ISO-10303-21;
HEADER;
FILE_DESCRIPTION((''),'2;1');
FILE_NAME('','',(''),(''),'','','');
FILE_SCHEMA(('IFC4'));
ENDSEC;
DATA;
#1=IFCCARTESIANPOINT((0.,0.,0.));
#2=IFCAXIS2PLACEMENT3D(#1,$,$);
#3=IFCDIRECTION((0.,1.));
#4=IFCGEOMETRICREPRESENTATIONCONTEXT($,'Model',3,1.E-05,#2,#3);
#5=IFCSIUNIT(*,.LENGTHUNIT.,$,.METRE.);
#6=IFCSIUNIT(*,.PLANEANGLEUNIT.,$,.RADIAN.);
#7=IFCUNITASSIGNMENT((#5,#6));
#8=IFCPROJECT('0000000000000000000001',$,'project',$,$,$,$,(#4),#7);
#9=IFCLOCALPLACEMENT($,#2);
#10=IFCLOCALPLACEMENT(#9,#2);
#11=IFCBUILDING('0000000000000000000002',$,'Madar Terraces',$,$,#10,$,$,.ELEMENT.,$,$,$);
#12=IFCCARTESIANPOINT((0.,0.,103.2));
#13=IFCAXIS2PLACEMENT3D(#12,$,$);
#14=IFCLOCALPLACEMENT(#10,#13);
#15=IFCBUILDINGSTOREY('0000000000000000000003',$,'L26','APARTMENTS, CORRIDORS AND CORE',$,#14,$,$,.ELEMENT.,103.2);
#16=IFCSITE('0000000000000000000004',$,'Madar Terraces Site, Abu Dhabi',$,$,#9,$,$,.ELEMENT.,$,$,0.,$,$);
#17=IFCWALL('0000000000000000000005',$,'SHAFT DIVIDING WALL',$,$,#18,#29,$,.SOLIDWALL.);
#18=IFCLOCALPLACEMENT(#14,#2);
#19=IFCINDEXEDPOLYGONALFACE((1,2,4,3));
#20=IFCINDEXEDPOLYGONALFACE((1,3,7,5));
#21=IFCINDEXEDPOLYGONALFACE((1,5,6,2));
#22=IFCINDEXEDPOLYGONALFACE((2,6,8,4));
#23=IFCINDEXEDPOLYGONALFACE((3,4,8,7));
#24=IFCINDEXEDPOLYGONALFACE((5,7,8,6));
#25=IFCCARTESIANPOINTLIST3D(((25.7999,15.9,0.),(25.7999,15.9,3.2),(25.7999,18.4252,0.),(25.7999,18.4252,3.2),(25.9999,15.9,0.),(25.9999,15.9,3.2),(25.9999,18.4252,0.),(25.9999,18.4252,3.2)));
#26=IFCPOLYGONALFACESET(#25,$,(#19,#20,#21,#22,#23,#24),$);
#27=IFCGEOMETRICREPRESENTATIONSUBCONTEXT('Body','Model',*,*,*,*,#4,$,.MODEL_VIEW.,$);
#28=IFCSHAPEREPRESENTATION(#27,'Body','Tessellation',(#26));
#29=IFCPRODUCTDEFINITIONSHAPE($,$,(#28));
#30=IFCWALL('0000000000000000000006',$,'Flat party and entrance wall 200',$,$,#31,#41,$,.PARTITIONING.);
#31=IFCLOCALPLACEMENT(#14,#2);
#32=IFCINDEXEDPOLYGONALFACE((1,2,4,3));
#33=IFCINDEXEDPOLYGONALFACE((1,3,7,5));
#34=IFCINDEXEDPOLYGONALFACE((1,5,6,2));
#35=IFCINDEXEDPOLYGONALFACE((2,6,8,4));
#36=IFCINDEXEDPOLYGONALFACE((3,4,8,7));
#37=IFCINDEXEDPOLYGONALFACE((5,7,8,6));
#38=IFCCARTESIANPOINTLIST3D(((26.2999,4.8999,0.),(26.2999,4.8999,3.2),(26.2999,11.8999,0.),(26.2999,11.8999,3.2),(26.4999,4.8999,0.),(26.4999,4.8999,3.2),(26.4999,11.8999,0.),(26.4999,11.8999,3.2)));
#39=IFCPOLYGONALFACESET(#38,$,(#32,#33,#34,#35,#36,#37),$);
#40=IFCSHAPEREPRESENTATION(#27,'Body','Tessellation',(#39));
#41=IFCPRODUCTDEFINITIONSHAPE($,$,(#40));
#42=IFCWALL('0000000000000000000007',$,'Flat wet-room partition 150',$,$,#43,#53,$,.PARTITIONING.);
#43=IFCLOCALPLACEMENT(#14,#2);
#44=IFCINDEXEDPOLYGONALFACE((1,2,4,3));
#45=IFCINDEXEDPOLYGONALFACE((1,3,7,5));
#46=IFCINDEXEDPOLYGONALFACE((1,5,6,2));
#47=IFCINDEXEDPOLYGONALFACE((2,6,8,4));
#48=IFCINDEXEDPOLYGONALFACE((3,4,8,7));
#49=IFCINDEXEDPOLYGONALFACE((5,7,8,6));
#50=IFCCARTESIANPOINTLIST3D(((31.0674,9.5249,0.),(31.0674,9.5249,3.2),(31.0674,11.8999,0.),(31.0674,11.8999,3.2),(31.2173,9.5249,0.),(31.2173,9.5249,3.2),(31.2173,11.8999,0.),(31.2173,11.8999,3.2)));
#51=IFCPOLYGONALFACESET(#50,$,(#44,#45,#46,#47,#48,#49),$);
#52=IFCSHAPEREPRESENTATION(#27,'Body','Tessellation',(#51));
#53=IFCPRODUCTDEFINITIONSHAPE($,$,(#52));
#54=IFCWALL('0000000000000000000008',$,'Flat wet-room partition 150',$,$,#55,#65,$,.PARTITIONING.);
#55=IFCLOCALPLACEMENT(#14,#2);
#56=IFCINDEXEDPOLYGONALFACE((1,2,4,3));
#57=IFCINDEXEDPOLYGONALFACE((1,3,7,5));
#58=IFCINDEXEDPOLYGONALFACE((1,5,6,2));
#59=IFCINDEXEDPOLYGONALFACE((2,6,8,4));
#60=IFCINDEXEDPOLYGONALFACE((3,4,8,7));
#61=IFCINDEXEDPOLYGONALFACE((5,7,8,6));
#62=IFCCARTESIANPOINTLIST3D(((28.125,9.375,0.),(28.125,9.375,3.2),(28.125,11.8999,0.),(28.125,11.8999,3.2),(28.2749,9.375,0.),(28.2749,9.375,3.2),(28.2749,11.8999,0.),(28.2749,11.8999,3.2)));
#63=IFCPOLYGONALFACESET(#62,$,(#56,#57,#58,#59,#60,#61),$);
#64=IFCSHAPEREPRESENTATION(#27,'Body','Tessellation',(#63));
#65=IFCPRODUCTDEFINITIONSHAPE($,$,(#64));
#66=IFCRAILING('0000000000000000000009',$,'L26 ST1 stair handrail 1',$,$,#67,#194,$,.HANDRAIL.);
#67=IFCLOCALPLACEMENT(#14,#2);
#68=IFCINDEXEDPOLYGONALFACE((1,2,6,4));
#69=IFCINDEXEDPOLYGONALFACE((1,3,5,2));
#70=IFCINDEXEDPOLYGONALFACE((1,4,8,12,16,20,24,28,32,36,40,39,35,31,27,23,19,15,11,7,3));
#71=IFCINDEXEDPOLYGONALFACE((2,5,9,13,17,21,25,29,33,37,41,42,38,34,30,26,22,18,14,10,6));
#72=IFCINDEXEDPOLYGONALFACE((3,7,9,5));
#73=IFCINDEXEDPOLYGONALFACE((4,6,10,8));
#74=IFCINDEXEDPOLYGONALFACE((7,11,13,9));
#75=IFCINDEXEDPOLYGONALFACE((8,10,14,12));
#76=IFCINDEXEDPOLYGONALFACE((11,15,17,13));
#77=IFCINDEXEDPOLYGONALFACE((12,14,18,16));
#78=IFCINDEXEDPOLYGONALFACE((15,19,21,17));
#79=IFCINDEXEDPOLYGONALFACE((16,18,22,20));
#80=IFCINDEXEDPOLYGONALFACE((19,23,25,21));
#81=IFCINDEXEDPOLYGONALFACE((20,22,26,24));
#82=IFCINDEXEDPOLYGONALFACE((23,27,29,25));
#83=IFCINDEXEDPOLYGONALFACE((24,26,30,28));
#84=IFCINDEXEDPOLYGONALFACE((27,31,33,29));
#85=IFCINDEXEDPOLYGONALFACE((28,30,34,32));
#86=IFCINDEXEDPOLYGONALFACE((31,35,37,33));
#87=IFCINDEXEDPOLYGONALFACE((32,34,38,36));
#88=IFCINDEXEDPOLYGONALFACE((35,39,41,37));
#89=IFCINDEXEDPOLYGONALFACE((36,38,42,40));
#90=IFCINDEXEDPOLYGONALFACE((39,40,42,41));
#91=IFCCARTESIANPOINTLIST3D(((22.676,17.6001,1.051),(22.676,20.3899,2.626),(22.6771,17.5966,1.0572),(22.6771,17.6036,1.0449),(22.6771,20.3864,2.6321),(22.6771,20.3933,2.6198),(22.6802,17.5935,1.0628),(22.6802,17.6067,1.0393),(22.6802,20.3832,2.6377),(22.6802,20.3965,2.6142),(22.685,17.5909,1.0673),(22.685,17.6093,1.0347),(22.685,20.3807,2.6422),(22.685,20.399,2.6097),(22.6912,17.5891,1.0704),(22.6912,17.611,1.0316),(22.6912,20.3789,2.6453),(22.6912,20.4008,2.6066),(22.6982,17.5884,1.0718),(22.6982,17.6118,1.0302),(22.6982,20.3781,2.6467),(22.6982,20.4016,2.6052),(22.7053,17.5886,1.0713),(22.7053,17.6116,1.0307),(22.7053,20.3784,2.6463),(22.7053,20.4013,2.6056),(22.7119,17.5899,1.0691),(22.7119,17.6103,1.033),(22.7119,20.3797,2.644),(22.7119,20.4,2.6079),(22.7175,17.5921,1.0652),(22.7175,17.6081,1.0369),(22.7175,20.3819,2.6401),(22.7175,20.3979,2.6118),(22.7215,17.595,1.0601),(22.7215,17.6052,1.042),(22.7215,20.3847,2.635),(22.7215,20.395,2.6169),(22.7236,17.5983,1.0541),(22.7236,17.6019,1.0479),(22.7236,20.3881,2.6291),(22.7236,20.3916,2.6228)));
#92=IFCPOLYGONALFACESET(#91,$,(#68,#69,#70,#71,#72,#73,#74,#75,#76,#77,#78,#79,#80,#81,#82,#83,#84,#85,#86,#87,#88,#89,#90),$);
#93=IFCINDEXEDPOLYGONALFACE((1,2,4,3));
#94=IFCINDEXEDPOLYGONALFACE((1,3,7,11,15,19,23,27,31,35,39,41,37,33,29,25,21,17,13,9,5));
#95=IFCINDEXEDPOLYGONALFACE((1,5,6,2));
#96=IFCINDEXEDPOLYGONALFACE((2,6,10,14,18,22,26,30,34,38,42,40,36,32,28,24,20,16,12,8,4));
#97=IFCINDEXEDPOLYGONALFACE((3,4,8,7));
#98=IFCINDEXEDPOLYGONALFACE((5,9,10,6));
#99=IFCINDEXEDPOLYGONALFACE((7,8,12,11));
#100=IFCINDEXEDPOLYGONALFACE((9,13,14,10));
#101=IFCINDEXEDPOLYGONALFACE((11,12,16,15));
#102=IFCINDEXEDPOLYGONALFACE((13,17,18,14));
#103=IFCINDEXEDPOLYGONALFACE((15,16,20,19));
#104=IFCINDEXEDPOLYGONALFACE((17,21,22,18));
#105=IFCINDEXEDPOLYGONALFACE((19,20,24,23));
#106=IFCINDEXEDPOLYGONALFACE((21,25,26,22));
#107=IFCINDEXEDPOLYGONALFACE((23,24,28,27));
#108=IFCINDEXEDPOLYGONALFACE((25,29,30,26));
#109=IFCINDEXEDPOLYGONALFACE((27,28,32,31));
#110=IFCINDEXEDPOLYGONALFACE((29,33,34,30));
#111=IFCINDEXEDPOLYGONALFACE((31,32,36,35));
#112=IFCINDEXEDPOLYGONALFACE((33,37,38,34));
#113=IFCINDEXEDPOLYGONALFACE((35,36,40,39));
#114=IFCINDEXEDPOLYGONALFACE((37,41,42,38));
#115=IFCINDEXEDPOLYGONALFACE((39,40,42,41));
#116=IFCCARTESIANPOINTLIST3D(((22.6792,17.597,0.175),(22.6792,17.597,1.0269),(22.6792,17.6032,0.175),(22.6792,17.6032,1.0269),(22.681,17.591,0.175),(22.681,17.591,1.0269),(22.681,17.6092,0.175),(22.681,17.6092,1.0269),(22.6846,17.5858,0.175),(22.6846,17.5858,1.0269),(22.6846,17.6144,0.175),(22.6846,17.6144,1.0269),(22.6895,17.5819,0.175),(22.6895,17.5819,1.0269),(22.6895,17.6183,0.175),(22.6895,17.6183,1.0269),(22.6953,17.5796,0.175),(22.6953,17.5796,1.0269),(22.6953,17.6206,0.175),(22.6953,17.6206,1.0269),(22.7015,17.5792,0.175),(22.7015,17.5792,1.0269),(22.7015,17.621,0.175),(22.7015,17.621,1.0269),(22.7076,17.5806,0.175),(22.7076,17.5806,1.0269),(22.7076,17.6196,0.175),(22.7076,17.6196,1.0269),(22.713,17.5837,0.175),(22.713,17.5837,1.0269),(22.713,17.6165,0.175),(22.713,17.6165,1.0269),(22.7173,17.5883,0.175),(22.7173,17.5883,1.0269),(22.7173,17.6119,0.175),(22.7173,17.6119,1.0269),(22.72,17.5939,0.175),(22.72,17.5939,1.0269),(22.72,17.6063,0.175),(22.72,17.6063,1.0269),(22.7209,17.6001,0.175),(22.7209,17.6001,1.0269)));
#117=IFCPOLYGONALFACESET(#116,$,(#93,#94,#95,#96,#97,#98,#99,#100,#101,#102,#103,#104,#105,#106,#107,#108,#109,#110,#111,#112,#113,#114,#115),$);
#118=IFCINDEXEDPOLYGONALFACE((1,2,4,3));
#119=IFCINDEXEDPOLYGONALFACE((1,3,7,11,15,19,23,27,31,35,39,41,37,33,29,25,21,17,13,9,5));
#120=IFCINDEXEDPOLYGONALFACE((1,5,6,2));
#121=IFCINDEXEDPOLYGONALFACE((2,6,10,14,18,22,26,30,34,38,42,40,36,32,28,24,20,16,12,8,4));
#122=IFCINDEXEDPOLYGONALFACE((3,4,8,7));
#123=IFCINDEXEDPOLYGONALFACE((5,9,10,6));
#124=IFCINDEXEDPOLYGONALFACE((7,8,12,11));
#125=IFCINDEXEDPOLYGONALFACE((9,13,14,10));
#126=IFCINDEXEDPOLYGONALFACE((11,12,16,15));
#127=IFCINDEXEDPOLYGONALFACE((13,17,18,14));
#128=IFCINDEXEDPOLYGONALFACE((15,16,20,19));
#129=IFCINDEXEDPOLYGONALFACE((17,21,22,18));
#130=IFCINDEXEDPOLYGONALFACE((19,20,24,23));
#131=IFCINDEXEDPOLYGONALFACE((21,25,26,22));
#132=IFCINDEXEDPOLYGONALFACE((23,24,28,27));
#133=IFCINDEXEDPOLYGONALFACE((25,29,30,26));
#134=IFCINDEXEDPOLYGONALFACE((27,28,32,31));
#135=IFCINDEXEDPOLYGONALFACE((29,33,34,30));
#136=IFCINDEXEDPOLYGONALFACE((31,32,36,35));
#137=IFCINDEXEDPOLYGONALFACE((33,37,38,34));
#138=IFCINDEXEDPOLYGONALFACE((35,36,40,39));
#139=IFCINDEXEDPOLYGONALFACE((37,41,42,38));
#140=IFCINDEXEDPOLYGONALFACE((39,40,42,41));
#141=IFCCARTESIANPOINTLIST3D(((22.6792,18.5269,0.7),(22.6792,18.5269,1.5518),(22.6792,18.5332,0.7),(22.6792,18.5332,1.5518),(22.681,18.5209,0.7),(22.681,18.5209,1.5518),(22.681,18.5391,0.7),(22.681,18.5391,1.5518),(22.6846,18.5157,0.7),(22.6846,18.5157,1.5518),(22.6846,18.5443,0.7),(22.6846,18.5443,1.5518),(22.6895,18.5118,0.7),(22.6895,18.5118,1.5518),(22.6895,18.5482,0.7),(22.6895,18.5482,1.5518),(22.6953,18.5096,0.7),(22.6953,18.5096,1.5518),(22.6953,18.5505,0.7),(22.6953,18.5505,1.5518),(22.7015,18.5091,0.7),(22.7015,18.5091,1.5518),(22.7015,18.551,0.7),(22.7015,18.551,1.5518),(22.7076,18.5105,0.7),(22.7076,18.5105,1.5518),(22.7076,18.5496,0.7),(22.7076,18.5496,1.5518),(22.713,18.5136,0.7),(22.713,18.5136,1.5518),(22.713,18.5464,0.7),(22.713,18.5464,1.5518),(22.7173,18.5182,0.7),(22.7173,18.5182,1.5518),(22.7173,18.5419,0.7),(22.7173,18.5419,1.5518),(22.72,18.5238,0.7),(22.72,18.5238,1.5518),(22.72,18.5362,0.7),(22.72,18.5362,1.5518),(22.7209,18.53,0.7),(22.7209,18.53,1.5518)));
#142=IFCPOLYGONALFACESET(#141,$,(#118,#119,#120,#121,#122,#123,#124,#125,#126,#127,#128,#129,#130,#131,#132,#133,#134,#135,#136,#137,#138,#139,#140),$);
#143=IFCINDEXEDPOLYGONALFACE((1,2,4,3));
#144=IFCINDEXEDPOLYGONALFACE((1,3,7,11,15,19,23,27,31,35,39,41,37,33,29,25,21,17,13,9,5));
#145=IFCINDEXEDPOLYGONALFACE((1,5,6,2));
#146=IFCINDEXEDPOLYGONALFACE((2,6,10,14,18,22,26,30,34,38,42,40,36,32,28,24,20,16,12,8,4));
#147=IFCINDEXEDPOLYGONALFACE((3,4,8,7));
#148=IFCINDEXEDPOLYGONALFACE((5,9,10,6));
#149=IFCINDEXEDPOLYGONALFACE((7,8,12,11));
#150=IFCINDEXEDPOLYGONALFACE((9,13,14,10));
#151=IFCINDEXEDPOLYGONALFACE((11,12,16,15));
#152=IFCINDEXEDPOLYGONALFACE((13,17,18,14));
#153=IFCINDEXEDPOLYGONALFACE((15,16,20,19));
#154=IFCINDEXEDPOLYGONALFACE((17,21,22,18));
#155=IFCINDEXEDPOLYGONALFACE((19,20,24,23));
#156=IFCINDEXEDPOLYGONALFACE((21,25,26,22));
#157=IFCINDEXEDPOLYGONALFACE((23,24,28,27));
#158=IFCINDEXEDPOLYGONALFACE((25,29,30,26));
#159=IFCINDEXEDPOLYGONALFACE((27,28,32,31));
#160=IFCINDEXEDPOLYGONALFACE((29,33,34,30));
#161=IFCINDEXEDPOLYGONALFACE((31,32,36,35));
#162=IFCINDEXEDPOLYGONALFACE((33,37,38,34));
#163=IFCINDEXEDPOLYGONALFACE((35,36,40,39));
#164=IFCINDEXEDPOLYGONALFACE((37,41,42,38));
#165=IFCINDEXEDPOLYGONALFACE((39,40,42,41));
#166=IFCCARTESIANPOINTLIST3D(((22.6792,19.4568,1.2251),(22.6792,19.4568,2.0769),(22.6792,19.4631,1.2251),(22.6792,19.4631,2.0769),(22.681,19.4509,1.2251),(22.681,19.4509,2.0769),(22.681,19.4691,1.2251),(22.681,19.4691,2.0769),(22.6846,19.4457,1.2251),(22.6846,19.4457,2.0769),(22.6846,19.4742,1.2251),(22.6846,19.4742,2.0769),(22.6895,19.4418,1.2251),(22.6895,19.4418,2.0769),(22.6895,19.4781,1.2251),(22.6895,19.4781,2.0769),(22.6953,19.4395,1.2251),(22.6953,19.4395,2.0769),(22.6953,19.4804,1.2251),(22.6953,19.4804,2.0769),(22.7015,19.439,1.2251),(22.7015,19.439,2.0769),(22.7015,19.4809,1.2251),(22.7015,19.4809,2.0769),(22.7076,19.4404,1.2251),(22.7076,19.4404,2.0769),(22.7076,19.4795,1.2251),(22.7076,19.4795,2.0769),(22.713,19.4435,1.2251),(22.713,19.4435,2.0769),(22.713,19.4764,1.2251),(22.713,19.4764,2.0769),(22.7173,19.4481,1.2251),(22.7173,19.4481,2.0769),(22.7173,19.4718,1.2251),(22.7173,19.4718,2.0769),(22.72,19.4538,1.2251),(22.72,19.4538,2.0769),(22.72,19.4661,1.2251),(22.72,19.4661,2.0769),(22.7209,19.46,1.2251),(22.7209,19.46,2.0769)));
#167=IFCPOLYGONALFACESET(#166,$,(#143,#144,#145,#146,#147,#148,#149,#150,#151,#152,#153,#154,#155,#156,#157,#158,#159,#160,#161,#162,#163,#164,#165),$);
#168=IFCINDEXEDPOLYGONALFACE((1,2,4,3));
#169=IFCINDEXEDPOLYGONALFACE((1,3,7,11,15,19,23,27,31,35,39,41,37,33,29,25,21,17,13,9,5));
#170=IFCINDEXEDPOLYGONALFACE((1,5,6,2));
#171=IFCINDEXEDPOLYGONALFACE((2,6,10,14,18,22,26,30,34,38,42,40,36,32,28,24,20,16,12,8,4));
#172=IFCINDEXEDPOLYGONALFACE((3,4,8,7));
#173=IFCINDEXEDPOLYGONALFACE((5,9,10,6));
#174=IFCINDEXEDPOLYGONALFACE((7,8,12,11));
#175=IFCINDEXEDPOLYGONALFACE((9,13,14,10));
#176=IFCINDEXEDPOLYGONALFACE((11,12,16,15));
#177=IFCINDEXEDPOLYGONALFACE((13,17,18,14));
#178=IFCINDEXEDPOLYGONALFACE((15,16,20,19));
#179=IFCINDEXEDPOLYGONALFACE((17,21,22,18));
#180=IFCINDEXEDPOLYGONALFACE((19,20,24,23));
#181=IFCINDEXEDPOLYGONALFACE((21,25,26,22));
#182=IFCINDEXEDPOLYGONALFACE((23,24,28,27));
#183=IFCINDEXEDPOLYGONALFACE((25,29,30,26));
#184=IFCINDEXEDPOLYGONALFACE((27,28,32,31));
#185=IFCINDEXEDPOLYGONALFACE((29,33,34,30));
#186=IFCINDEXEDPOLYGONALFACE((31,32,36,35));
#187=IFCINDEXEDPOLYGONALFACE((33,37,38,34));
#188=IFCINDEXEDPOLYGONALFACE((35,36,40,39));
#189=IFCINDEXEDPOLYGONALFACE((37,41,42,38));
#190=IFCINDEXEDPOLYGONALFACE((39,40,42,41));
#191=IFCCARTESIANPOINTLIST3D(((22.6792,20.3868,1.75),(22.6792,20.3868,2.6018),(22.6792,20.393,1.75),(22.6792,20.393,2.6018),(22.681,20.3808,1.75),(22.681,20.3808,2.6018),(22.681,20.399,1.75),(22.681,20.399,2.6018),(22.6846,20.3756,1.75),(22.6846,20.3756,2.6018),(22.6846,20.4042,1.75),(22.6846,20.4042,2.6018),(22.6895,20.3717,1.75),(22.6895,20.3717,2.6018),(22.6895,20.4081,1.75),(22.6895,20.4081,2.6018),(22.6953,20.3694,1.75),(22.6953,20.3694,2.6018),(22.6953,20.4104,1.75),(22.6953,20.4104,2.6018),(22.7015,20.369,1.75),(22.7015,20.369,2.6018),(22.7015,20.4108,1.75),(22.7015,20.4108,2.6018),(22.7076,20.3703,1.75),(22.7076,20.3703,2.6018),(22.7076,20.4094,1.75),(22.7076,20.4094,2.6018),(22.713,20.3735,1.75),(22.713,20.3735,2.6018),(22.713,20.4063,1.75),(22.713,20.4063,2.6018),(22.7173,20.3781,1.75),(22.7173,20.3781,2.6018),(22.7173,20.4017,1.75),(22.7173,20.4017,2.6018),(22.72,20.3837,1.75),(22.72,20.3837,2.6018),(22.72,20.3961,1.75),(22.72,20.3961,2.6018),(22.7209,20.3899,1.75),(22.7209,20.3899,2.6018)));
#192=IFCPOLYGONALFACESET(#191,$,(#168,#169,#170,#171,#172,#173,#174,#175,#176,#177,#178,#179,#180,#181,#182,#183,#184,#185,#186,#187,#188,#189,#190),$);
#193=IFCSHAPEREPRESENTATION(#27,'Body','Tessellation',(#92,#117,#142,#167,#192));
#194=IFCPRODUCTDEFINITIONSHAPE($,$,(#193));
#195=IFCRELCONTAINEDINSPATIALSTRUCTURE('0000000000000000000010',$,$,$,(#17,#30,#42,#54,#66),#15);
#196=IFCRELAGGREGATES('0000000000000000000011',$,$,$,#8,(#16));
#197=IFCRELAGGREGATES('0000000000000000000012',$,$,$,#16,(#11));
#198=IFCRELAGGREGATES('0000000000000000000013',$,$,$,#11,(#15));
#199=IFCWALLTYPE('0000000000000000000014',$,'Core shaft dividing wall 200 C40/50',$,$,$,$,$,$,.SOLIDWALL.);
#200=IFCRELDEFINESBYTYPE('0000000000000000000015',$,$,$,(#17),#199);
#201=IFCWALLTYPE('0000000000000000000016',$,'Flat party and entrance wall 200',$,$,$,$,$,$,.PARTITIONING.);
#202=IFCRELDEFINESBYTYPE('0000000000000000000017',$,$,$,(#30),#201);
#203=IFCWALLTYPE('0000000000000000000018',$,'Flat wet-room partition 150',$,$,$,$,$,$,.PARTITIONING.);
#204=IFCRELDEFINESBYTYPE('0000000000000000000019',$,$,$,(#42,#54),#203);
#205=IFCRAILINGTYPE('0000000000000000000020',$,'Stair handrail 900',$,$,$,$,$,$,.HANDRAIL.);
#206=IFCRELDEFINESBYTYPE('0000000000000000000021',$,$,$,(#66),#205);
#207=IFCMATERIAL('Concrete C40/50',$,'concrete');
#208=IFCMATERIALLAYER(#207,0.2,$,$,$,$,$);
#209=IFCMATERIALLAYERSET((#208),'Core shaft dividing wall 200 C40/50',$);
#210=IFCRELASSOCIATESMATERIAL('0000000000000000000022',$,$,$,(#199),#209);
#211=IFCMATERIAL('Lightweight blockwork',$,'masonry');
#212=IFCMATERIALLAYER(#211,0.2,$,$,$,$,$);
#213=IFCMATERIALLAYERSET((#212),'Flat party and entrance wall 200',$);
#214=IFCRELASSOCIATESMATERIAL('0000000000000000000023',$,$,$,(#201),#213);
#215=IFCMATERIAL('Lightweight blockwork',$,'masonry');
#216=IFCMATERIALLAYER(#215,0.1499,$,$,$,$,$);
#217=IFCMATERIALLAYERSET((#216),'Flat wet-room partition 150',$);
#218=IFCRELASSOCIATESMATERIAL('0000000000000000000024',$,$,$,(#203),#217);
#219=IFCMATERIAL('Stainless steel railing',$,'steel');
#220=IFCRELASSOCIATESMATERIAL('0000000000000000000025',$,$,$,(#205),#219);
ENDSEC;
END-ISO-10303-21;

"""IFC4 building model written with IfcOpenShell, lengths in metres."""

from ifc_helpers import new_model, si_unit, direction, frame, frame_2d, origin, origin_2d, place, context, subcontext, project, spatial, rectangle, circle, extrude, material, layer, layer_set, type_object, element, save


model = new_model("IFC4")

# Units and contexts
model_context = context("Model", 3, precision=1e-05, world=origin(), true_north=direction((0.0, 1.0)))
body_context = subcontext(model_context, "Body", "Model", "MODEL_VIEW")
ifc_project = project(units=[si_unit("LENGTHUNIT", "METRE"), si_unit("PLANEANGLEUNIT", "RADIAN")], contexts=[model_context])

# Site, building, storey
site_placement = place(None, origin())
site = spatial("IfcSite", under=ifc_project, at=site_placement, Name="Madar Terraces Site, Abu Dhabi", CompositionType="ELEMENT", RefElevation=0.0)
building_placement = place(site_placement, origin())
building = spatial("IfcBuilding", under=site, at=building_placement, Name="Madar Terraces", CompositionType="ELEMENT")
storey_placement = place(building_placement, frame((0.0, 0.0, 103.2)))
storey = spatial("IfcBuildingStorey", under=building, at=storey_placement, Name="L26", Description="APARTMENTS, CORRIDORS AND CORE", CompositionType="ELEMENT", Elevation=103.2)

# Walls
ifc_material_1 = material(Name="Concrete C40/50", Category="concrete")
ifc_layer_1 = layer(ifc_material_1, 0.2)
ifc_layer_set_1 = layer_set([ifc_layer_1], Name="Core shaft dividing wall 200 C40/50")
wall_type_1 = type_object("IfcWallType", Name="Core shaft dividing wall 200 C40/50", PredefinedType="SOLIDWALL", material=ifc_layer_set_1)
wall_1_placement = place(storey_placement, frame((25.8999, 15.8999, 0.0), z_axis=(0.0, 0.0, 1.0), x_axis=(0.0, 1.0, 0.0)))
element("IfcWall", 1, at=wall_1_placement, inside=storey, type_object=wall_type_1, Name="SHAFT DIVIDING WALL", PredefinedType="SOLIDWALL", context=body_context, shape_type="SweptSolid", body=[
    extrude(rectangle(XDim=2.5251, YDim=0.2, at=frame_2d((1.2627, 0.0))), origin(), (0.0, 0.0, 1.0), 3.2),
])
ifc_material_2 = material(Name="Lightweight blockwork", Category="masonry")
ifc_layer_2 = layer(ifc_material_2, 0.2)
ifc_layer_set_2 = layer_set([ifc_layer_2], Name="Flat party and entrance wall 200")
wall_type_2 = type_object("IfcWallType", Name="Flat party and entrance wall 200", PredefinedType="PARTITIONING", material=ifc_layer_set_2)
wall_2_placement = place(storey_placement, frame((26.3999, 11.8999, 0.0), z_axis=(0.0, 0.0, 1.0), x_axis=(0.0, -1.0, 0.0)))
element("IfcWall", 2, at=wall_2_placement, inside=storey, type_object=wall_type_2, Name="Flat party and entrance wall 200", PredefinedType="PARTITIONING", context=body_context, shape_type="SweptSolid", body=[
    extrude(rectangle(XDim=7.0, YDim=0.2, at=frame_2d((3.5, 0.0))), origin(), (0.0, 0.0, 1.0), 3.2),
])
ifc_material_3 = material(Name="Lightweight blockwork", Category="masonry")
ifc_layer_3 = layer(ifc_material_3, 0.1499)
ifc_layer_set_3 = layer_set([ifc_layer_3], Name="Flat wet-room partition 150")
wall_type_3 = type_object("IfcWallType", Name="Flat wet-room partition 150", PredefinedType="PARTITIONING", material=ifc_layer_set_3)
wall_3_placement = place(storey_placement, frame((31.1423, 11.8999, 0.0), z_axis=(0.0, 0.0, 1.0), x_axis=(0.0, -1.0, 0.0)))
element("IfcWall", 3, at=wall_3_placement, inside=storey, type_object=wall_type_3, Name="Flat wet-room partition 150", PredefinedType="PARTITIONING", context=body_context, shape_type="SweptSolid", body=[
    extrude(rectangle(XDim=2.375, YDim=0.1499, at=frame_2d((1.1875, 0.0))), origin(), (0.0, 0.0, 1.0), 3.2),
])
wall_4_placement = place(storey_placement, frame((28.2, 11.8999, 0.0), z_axis=(0.0, 0.0, 1.0), x_axis=(0.0, -1.0, 0.0)))
element("IfcWall", 4, at=wall_4_placement, inside=storey, type_object=wall_type_3, Name="Flat wet-room partition 150", PredefinedType="PARTITIONING", context=body_context, shape_type="SweptSolid", body=[
    extrude(rectangle(XDim=2.5249, YDim=0.1499, at=frame_2d((1.2625, 0.0))), origin(), (0.0, 0.0, 1.0), 3.2),
])

# Railing
ifc_material_4 = material(Name="Stainless steel railing", Category="steel")
railing_type = type_object("IfcRailingType", Name="Stair handrail 900", PredefinedType="HANDRAIL", material=ifc_material_4)
railing_placement = place(storey_placement, frame((22.7, 17.6001, 0.175)))
element("IfcRailing", 5, at=railing_placement, inside=storey, type_object=railing_type, Name="L26 ST1 stair handrail 1", PredefinedType="HANDRAIL", context=body_context, shape_type="SweptSolid", body=[
    extrude(circle(Radius=0.0239, at=origin_2d()), frame((0.0, 0.0, 0.876), z_axis=(0.0, 0.870815, 0.49161), x_axis=(-1.0, 0.0, 0.0)), (0.0, 0.0, 1.0), 3.2036),
    extrude(circle(Radius=0.021, at=origin_2d()), origin(), (0.0, 0.0, 1.0), 0.8518),
    extrude(circle(Radius=0.021, at=origin_2d()), frame((0.0, 0.9299, 0.5249)), (0.0, 0.0, 1.0), 0.8518),
    extrude(circle(Radius=0.021, at=origin_2d()), frame((0.0, 1.8599, 1.05)), (0.0, 0.0, 1.0), 0.8518),
    extrude(circle(Radius=0.021, at=origin_2d()), frame((0.0, 2.7898, 1.575)), (0.0, 0.0, 1.0), 0.8518),
])

save(model, "model.ifc")
